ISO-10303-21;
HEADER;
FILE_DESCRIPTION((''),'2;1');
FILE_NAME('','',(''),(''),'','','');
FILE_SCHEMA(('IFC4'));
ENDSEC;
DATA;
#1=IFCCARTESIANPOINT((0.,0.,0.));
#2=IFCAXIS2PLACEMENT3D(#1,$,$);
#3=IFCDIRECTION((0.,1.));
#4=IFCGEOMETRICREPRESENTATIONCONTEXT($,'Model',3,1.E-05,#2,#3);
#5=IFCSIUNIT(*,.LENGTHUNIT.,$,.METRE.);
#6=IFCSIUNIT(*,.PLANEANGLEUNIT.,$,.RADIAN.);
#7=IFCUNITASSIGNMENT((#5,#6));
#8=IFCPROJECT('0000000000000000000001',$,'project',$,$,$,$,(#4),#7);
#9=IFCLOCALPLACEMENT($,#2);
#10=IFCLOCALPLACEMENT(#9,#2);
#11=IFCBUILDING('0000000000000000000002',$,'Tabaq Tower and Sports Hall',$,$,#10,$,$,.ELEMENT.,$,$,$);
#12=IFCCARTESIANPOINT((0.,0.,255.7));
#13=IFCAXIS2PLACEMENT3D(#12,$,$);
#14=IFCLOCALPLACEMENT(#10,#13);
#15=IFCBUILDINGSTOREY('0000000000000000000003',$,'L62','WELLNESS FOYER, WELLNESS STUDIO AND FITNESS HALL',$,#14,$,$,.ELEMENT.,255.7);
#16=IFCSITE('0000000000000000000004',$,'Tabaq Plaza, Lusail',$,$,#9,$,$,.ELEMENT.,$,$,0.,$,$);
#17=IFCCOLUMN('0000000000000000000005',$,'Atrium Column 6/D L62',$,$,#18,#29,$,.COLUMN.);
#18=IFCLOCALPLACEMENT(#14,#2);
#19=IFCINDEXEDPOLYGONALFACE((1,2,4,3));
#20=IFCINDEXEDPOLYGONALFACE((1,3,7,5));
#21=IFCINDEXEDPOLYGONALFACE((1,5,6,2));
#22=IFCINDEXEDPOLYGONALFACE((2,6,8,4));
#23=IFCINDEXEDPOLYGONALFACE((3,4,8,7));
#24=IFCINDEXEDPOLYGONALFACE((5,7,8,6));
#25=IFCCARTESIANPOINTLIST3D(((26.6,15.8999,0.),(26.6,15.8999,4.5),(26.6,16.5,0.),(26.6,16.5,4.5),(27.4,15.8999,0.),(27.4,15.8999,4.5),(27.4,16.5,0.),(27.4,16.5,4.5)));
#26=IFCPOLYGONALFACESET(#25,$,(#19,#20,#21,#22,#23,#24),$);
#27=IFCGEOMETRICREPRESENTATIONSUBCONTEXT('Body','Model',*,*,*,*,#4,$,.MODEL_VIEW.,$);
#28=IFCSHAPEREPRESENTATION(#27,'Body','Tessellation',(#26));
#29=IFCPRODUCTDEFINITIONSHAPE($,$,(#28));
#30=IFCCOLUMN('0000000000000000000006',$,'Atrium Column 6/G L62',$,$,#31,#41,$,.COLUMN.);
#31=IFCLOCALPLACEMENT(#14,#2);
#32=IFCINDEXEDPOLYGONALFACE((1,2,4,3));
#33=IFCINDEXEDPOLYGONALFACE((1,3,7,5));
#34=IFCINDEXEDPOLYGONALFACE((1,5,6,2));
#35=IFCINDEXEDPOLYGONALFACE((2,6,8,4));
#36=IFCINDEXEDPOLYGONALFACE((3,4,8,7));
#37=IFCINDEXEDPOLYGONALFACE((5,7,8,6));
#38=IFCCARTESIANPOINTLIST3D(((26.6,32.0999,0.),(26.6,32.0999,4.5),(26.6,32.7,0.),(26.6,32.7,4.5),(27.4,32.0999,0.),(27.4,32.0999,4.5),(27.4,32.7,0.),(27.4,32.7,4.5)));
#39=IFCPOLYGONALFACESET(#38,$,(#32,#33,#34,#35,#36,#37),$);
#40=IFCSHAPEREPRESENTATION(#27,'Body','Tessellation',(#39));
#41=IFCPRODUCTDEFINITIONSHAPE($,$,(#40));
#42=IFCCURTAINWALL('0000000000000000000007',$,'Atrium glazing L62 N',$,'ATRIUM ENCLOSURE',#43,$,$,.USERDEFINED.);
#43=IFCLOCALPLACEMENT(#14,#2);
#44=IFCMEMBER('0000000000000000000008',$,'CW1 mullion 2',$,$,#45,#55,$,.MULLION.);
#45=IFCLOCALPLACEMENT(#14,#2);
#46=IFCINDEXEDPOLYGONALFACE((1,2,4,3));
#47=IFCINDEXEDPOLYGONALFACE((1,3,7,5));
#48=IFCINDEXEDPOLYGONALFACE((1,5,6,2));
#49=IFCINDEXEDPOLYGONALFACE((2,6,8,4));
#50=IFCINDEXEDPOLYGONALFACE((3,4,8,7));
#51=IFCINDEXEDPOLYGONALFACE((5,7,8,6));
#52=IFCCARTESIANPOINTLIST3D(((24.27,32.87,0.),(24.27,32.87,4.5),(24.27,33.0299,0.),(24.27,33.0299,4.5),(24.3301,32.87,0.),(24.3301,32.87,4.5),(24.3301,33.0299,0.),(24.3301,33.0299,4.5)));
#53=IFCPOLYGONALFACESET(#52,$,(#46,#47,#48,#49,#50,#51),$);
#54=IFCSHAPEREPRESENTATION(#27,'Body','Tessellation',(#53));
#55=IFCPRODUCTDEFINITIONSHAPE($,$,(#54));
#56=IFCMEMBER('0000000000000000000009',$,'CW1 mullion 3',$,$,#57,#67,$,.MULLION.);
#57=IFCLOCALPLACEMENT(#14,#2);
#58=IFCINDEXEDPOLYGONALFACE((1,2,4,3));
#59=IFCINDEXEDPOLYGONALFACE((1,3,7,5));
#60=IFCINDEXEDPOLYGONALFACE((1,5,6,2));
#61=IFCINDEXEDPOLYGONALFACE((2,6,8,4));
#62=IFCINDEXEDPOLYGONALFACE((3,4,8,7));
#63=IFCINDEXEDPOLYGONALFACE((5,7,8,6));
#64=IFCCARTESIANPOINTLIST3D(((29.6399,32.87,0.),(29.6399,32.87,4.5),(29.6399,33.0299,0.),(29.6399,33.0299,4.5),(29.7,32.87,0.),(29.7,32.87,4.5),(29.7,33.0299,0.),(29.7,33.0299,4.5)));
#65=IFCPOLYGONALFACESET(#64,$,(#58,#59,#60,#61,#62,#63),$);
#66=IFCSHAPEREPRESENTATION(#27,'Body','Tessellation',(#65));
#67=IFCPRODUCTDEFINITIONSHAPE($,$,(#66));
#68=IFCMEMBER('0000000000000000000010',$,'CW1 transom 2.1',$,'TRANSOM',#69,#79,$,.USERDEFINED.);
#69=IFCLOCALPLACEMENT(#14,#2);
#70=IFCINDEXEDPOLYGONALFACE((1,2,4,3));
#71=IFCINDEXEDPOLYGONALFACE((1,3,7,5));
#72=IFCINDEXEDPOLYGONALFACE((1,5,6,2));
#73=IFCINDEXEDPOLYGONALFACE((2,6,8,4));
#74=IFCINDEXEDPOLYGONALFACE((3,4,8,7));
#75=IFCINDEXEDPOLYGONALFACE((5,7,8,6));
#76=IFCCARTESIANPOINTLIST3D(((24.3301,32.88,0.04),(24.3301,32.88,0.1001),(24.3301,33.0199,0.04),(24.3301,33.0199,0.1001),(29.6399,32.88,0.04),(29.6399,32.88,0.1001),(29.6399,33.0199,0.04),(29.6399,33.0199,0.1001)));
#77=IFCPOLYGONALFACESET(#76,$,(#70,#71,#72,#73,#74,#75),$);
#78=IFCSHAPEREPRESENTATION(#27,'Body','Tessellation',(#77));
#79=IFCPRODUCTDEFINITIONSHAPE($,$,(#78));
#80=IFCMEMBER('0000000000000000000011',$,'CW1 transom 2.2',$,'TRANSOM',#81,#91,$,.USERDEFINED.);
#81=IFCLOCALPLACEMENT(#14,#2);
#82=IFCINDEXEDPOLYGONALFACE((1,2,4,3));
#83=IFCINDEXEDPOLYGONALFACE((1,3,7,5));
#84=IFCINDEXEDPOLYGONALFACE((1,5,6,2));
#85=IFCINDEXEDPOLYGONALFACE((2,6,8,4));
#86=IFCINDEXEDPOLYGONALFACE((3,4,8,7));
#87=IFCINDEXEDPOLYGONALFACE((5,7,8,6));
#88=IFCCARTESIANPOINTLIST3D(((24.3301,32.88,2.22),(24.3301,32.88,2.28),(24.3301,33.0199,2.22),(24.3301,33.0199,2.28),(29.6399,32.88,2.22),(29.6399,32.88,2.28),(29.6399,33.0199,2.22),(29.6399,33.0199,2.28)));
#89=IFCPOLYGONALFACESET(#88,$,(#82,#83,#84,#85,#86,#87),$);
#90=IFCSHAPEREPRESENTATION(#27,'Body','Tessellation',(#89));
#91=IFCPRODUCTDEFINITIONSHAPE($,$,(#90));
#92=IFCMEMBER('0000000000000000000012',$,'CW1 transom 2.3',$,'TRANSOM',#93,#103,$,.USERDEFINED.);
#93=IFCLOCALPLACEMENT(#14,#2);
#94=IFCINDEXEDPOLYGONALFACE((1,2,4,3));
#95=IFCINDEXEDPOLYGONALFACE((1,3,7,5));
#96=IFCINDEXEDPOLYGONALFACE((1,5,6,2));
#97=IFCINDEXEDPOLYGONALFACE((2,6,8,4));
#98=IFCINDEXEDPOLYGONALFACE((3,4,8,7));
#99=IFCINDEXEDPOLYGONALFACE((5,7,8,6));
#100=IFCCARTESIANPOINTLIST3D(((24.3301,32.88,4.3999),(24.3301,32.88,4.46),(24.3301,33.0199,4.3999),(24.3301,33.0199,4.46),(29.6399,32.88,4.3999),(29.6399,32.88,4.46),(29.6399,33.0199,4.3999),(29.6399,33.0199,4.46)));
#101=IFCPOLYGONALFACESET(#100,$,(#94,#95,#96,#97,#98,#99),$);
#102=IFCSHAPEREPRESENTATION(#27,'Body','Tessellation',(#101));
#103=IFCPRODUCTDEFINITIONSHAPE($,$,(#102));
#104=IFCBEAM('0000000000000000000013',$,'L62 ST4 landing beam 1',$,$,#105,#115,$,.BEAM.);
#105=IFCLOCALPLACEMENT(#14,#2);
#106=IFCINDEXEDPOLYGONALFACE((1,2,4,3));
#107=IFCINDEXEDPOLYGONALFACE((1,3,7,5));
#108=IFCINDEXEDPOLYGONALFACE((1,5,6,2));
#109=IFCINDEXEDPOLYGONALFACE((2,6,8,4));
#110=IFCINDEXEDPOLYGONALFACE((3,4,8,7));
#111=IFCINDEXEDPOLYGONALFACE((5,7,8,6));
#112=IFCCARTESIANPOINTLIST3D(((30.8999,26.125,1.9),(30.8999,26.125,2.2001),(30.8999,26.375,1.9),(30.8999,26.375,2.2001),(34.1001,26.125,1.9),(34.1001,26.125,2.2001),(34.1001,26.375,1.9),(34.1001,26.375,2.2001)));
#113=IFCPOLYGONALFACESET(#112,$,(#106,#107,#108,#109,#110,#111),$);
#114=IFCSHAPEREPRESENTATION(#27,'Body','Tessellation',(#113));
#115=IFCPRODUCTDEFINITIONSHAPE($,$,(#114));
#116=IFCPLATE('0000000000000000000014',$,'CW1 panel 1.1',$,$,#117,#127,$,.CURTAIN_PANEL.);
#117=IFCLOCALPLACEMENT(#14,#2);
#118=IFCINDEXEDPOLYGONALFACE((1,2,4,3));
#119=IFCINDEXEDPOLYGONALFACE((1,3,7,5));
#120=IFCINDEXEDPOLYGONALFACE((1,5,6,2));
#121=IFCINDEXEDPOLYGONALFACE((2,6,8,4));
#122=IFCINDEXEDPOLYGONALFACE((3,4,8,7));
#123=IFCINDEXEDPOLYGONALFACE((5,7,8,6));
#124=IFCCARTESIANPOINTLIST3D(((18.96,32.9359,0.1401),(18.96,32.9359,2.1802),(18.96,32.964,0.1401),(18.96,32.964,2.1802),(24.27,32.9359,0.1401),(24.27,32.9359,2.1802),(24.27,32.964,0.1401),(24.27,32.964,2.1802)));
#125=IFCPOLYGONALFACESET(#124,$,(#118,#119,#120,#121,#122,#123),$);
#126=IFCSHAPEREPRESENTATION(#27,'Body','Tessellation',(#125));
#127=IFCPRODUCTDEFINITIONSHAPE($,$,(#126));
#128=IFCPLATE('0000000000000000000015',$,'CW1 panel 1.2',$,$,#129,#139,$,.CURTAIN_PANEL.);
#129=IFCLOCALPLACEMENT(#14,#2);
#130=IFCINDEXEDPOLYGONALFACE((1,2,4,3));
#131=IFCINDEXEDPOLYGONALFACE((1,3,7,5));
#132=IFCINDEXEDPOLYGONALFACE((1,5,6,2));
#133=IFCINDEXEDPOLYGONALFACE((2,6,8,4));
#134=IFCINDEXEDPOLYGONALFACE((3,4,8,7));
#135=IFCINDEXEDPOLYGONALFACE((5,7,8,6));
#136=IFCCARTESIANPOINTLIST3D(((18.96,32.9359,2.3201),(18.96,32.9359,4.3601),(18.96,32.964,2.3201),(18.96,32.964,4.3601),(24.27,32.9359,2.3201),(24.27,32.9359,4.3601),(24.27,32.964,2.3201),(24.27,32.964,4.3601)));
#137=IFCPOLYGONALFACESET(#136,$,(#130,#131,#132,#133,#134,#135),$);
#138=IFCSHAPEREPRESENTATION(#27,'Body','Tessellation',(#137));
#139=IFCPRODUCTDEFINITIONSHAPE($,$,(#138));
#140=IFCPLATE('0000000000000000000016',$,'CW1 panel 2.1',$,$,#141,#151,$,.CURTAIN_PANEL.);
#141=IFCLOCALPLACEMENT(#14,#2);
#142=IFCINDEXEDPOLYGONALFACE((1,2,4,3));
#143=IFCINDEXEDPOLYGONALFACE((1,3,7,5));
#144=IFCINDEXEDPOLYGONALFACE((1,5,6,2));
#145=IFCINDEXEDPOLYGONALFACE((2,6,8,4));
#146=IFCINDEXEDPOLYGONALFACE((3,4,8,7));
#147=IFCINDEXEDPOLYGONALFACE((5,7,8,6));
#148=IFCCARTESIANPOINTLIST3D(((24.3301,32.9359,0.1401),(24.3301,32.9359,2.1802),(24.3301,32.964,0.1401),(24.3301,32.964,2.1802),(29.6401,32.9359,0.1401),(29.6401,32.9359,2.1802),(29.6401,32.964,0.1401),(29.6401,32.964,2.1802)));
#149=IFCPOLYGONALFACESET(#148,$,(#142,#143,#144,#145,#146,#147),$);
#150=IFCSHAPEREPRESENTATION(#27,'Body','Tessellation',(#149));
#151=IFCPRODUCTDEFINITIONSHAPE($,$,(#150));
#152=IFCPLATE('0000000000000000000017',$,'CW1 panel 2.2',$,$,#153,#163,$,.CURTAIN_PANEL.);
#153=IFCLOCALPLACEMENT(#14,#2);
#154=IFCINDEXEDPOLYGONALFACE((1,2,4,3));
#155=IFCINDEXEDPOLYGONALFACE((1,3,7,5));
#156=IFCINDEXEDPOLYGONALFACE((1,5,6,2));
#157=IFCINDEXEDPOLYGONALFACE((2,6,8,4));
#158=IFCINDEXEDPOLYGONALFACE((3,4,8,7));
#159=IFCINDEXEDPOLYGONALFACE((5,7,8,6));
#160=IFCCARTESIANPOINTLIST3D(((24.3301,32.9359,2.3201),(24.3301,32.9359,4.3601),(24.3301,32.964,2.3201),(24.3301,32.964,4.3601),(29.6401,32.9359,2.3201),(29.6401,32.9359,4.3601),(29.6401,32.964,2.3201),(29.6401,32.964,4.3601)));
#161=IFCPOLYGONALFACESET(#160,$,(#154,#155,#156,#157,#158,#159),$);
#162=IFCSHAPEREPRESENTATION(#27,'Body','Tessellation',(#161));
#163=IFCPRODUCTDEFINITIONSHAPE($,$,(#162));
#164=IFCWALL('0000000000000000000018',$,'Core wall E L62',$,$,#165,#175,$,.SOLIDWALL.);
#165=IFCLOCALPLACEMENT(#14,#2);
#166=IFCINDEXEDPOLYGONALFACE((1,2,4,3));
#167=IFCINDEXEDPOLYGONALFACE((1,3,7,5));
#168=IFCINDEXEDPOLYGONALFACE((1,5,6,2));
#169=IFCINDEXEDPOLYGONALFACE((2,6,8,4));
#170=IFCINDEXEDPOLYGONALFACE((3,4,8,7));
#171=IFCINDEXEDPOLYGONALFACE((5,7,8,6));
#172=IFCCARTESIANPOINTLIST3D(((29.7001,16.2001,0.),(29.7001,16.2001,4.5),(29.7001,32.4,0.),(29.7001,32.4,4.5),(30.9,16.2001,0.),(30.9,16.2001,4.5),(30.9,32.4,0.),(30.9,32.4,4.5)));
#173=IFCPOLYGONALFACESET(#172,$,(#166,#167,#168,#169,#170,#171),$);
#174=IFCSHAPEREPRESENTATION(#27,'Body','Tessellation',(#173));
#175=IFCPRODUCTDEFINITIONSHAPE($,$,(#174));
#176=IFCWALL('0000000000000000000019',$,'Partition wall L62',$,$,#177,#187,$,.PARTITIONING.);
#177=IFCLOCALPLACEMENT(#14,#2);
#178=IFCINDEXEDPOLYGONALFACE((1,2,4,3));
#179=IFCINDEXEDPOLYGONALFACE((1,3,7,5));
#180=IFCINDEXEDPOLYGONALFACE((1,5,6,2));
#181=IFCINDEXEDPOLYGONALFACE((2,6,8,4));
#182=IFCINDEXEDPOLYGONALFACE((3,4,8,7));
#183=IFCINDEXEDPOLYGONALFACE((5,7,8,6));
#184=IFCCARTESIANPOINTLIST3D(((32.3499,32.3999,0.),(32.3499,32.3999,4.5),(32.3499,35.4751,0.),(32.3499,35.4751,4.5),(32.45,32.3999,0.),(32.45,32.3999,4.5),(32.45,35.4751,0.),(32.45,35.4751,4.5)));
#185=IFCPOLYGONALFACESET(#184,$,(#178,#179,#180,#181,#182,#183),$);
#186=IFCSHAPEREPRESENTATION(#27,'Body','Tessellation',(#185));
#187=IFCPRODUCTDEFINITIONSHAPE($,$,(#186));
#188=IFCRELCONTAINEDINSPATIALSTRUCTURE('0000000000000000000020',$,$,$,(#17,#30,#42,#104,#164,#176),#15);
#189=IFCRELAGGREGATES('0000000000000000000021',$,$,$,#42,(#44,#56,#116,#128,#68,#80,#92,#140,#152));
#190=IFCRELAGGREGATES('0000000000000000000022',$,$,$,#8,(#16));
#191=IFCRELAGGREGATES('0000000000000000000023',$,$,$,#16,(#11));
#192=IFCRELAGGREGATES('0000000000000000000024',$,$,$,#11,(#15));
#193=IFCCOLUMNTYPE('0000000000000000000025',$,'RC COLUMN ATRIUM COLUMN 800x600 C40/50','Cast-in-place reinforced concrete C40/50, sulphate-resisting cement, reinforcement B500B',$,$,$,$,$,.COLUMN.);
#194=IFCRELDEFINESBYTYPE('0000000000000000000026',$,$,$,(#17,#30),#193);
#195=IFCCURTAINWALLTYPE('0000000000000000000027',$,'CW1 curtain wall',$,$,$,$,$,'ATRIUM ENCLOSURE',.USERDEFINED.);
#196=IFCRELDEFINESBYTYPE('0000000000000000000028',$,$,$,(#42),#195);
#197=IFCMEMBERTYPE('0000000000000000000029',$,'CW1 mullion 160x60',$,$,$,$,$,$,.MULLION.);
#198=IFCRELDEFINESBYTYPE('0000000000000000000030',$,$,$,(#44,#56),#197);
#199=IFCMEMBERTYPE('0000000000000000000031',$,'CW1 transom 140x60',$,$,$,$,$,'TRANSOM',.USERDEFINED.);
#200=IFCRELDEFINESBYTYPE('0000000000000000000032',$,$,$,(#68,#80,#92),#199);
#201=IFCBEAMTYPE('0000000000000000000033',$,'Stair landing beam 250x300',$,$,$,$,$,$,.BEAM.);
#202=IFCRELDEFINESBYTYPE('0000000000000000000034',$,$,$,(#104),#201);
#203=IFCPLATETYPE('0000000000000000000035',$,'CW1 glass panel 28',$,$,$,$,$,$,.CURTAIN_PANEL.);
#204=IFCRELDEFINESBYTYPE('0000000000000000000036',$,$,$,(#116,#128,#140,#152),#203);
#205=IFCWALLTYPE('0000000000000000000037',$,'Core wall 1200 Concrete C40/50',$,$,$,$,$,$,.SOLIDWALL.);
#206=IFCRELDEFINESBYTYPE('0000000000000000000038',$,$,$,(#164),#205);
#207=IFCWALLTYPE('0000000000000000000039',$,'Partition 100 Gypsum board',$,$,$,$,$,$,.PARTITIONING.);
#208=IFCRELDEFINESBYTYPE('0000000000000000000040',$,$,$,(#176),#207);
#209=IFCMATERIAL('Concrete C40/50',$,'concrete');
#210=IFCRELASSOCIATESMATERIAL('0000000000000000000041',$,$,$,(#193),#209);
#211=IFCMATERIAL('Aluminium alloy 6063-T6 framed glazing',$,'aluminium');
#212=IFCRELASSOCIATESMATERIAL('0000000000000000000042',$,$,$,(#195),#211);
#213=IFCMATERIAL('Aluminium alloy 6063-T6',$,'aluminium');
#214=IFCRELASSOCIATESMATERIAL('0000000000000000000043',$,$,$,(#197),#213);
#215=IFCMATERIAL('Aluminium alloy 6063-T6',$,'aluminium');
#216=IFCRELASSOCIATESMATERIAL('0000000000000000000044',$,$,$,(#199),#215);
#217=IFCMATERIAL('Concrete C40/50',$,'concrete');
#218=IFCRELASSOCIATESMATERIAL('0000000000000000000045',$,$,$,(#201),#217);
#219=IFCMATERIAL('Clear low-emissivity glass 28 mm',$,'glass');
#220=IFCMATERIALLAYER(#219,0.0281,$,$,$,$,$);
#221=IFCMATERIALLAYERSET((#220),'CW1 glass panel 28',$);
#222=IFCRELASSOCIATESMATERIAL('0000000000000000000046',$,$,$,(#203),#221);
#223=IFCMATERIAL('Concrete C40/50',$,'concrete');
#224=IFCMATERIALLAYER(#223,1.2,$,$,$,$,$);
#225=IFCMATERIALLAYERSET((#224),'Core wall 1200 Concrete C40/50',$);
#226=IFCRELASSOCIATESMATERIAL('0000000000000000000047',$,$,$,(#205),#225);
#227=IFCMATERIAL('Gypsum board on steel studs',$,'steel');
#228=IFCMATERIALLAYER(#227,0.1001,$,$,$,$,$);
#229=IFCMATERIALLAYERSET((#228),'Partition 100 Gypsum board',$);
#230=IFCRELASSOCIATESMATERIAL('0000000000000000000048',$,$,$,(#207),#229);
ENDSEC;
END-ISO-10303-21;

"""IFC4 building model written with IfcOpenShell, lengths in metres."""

from ifc_helpers import new_model, si_unit, direction, frame, frame_2d, origin, origin_2d, place, context, subcontext, project, spatial, rectangle, extrude, material, layer, layer_set, material_profile, profile_set, type_object, element, aggregate, save


model = new_model("IFC4")

# Units and contexts
model_context = context("Model", 3, precision=1e-05, world=origin(), true_north=direction((0.0, 1.0)))
body_context = subcontext(model_context, "Body", "Model", "MODEL_VIEW")
ifc_project = project(units=[si_unit("LENGTHUNIT", "METRE"), si_unit("PLANEANGLEUNIT", "RADIAN")], contexts=[model_context])

# Site, building, storey
site_placement = place(None, origin())
site = spatial("IfcSite", under=ifc_project, at=site_placement, Name="Tabaq Plaza, Lusail", CompositionType="ELEMENT", RefElevation=0.0)
building_placement = place(site_placement, origin())
building = spatial("IfcBuilding", under=site, at=building_placement, Name="Tabaq Tower and Sports Hall", CompositionType="ELEMENT")
storey_placement = place(building_placement, frame((0.0, 0.0, 255.7)))
storey = spatial("IfcBuildingStorey", under=building, at=storey_placement, Name="L62", Description="WELLNESS FOYER, WELLNESS STUDIO AND FITNESS HALL", CompositionType="ELEMENT", Elevation=255.7)

# Columns
ifc_material_1 = material(Name="Concrete C40/50", Category="concrete")
ifc_material_profile_1 = material_profile(ifc_material_1, rectangle(XDim=0.8, YDim=0.6001, at=origin_2d()), Name="ATRIUM COLUMN 800x600")
ifc_profile_set_1 = profile_set([ifc_material_profile_1], Name="Concrete C40/50")
column_type = type_object("IfcColumnType", Name="RC COLUMN ATRIUM COLUMN 800x600 C40/50", Description="Cast-in-place reinforced concrete C40/50, sulphate-resisting cement, reinforcement B500B", PredefinedType="COLUMN", material=ifc_profile_set_1)
for number, where, z_axis, x_axis, name in (
    (1, (27.0, 16.2, 0.0), (0.0, 0.0, 1.0), (1.0, 0.0, 0.0), "Atrium Column 6/D L62"),
    (2, (27.0, 32.3999, 0.0), (0.0, 0.0, 1.0), (1.0, 0.0, 0.0), "Atrium Column 6/G L62"),
):
    element("IfcColumn", number, at=place(storey_placement, frame(where, z_axis=z_axis, x_axis=x_axis)), inside=storey, type_object=column_type, Name=name, PredefinedType="COLUMN", context=body_context, shape_type="SweptSolid", body=[
        extrude(rectangle(XDim=0.8, YDim=0.6001, at=origin_2d()), origin(), (0.0, 0.0, 1.0), 4.5),
    ])

# Curtain wall, members
ifc_material_2 = material(Name="Aluminium alloy 6063-T6 framed glazing", Category="aluminium")
curtain_wall_type = type_object("IfcCurtainWallType", Name="CW1 curtain wall", ElementType="ATRIUM ENCLOSURE", PredefinedType="USERDEFINED", material=ifc_material_2)
curtain_wall_placement = place(storey_placement, origin())
curtain_wall = element("IfcCurtainWall", 3, at=curtain_wall_placement, inside=storey, type_object=curtain_wall_type, Name="Atrium glazing L62 N", ObjectType="ATRIUM ENCLOSURE", PredefinedType="USERDEFINED")
ifc_material_3 = material(Name="Aluminium alloy 6063-T6", Category="aluminium")
ifc_material_profile_2 = material_profile(ifc_material_3, rectangle(XDim=0.1599, YDim=0.0601, at=origin_2d()), Name="MULLION 160x60")
ifc_profile_set_2 = profile_set([ifc_material_profile_2], Name="Aluminium alloy 6063-T6")
member_type_1 = type_object("IfcMemberType", Name="CW1 mullion 160x60", PredefinedType="MULLION", material=ifc_profile_set_2)
member_1_placement = place(storey_placement, frame((24.3, 32.95, 0.0), z_axis=(0.0, 0.0, 1.0), x_axis=(0.0, 1.0, 0.0)))
member_1 = element("IfcMember", 4, at=member_1_placement, type_object=member_type_1, Name="CW1 mullion 2", PredefinedType="MULLION", context=body_context, shape_type="SweptSolid", body=[
    extrude(rectangle(XDim=0.1599, YDim=0.0601, at=origin_2d()), origin(), (0.0, 0.0, 1.0), 4.5),
])
member_2_placement = place(storey_placement, frame((29.6699, 32.95, 0.0), z_axis=(0.0, 0.0, 1.0), x_axis=(0.0, 1.0, 0.0)))
member_2 = element("IfcMember", 5, at=member_2_placement, type_object=member_type_1, Name="CW1 mullion 3", PredefinedType="MULLION", context=body_context, shape_type="SweptSolid", body=[
    extrude(rectangle(XDim=0.1599, YDim=0.0601, at=origin_2d()), origin(), (0.0, 0.0, 1.0), 4.5),
])
ifc_material_4 = material(Name="Aluminium alloy 6063-T6", Category="aluminium")
ifc_material_profile_3 = material_profile(ifc_material_4, rectangle(XDim=0.1399, YDim=0.0601, at=origin_2d()), Name="TRANSOM 140x60")
ifc_profile_set_3 = profile_set([ifc_material_profile_3], Name="Aluminium alloy 6063-T6")
member_type_2 = type_object("IfcMemberType", Name="CW1 transom 140x60", ElementType="TRANSOM", PredefinedType="USERDEFINED", material=ifc_profile_set_3)
member_3_placement = place(storey_placement, frame((24.3301, 32.95, 0.0701), z_axis=(1.0, 0.0, 0.0), x_axis=(0.0, 1.0, 0.0)))
member_3 = element("IfcMember", 6, at=member_3_placement, type_object=member_type_2, Name="CW1 transom 2.1", ObjectType="TRANSOM", PredefinedType="USERDEFINED", context=body_context, shape_type="SweptSolid", body=[
    extrude(rectangle(XDim=0.1399, YDim=0.0601, at=origin_2d()), origin(), (0.0, 0.0, 1.0), 5.3098),
])
member_4_placement = place(storey_placement, frame((24.3301, 32.95, 2.25), z_axis=(1.0, 0.0, 0.0), x_axis=(0.0, 1.0, 0.0)))
member_4 = element("IfcMember", 7, at=member_4_placement, type_object=member_type_2, Name="CW1 transom 2.2", ObjectType="TRANSOM", PredefinedType="USERDEFINED", context=body_context, shape_type="SweptSolid", body=[
    extrude(rectangle(XDim=0.1399, YDim=0.0601, at=origin_2d()), origin(), (0.0, 0.0, 1.0), 5.3098),
])
member_5_placement = place(storey_placement, frame((24.3301, 32.95, 4.4299), z_axis=(1.0, 0.0, 0.0), x_axis=(0.0, 1.0, 0.0)))
member_5 = element("IfcMember", 8, at=member_5_placement, type_object=member_type_2, Name="CW1 transom 2.3", ObjectType="TRANSOM", PredefinedType="USERDEFINED", context=body_context, shape_type="SweptSolid", body=[
    extrude(rectangle(XDim=0.1399, YDim=0.0601, at=origin_2d()), origin(), (0.0, 0.0, 1.0), 5.3098),
])

# Beam
ifc_material_5 = material(Name="Concrete C40/50", Category="concrete")
ifc_material_profile_4 = material_profile(ifc_material_5, rectangle(XDim=0.25, YDim=0.3, at=origin_2d()), Name="RC 250x300")
ifc_profile_set_4 = profile_set([ifc_material_profile_4], Name="Concrete C40/50")
beam_type = type_object("IfcBeamType", Name="Stair landing beam 250x300", PredefinedType="BEAM", material=ifc_profile_set_4)
beam_placement = place(storey_placement, frame((30.8999, 26.25, 2.05), z_axis=(1.0, 0.0, 0.0), x_axis=(0.0, 1.0, 0.0)))
element("IfcBeam", 9, at=beam_placement, inside=storey, type_object=beam_type, Name="L62 ST4 landing beam 1", PredefinedType="BEAM", context=body_context, shape_type="SweptSolid", body=[
    extrude(rectangle(XDim=0.25, YDim=0.3, at=origin_2d()), origin(), (0.0, 0.0, 1.0), 3.2002),
])

# Plates
ifc_material_6 = material(Name="Clear low-emissivity glass 28 mm", Category="glass")
ifc_layer_1 = layer(ifc_material_6, 0.0281)
ifc_layer_set_1 = layer_set([ifc_layer_1], Name="CW1 glass panel 28")
plate_type = type_object("IfcPlateType", Name="CW1 glass panel 28", PredefinedType="CURTAIN_PANEL", material=ifc_layer_set_1)
plate_1_placement = place(storey_placement, frame((21.615, 32.95, 0.1401), z_axis=(0.0, 0.0, 1.0), x_axis=(1.0, 0.0, 0.0)))
plate_1 = element("IfcPlate", 10, at=plate_1_placement, type_object=plate_type, Name="CW1 panel 1.1", PredefinedType="CURTAIN_PANEL", context=body_context, shape_type="SweptSolid", body=[
    extrude(rectangle(XDim=5.3101, YDim=0.0281, at=origin_2d()), origin(), (0.0, 0.0, 1.0), 2.04),
])
plate_2_placement = place(storey_placement, frame((21.615, 32.95, 2.3201), z_axis=(0.0, 0.0, 1.0), x_axis=(1.0, 0.0, 0.0)))
plate_2 = element("IfcPlate", 11, at=plate_2_placement, type_object=plate_type, Name="CW1 panel 1.2", PredefinedType="CURTAIN_PANEL", context=body_context, shape_type="SweptSolid", body=[
    extrude(rectangle(XDim=5.3101, YDim=0.0281, at=origin_2d()), origin(), (0.0, 0.0, 1.0), 2.04),
])
plate_3_placement = place(storey_placement, frame((26.9851, 32.95, 0.1401), z_axis=(0.0, 0.0, 1.0), x_axis=(1.0, 0.0, 0.0)))
plate_3 = element("IfcPlate", 12, at=plate_3_placement, type_object=plate_type, Name="CW1 panel 2.1", PredefinedType="CURTAIN_PANEL", context=body_context, shape_type="SweptSolid", body=[
    extrude(rectangle(XDim=5.3101, YDim=0.0281, at=origin_2d()), origin(), (0.0, 0.0, 1.0), 2.04),
])
plate_4_placement = place(storey_placement, frame((26.9851, 32.95, 2.3201), z_axis=(0.0, 0.0, 1.0), x_axis=(1.0, 0.0, 0.0)))
plate_4 = element("IfcPlate", 13, at=plate_4_placement, type_object=plate_type, Name="CW1 panel 2.2", PredefinedType="CURTAIN_PANEL", context=body_context, shape_type="SweptSolid", body=[
    extrude(rectangle(XDim=5.3101, YDim=0.0281, at=origin_2d()), origin(), (0.0, 0.0, 1.0), 2.04),
])
aggregate(curtain_wall, [member_1, member_2, plate_1, plate_2, member_3, member_4, member_5, plate_3, plate_4])

# Wall
ifc_material_7 = material(Name="Concrete C40/50", Category="concrete")
ifc_layer_2 = layer(ifc_material_7, 1.2)
ifc_layer_set_2 = layer_set([ifc_layer_2], Name="Core wall 1200 Concrete C40/50")
wall_type_1 = type_object("IfcWallType", Name="Core wall 1200 Concrete C40/50", PredefinedType="SOLIDWALL", material=ifc_layer_set_2)
wall_1_placement = place(storey_placement, frame((30.3, 16.2, 0.0), z_axis=(0.0, 0.0, 1.0), x_axis=(0.0, 1.0, 0.0)))
element("IfcWall", 14, at=wall_1_placement, inside=storey, type_object=wall_type_1, Name="Core wall E L62", PredefinedType="SOLIDWALL", context=body_context, shape_type="SweptSolid", body=[
    extrude(rectangle(XDim=16.2, YDim=1.2, at=frame_2d((8.1001, 0.0))), origin(), (0.0, 0.0, 1.0), 4.5),
])

# Wall
ifc_material_8 = material(Name="Gypsum board on steel studs", Category="steel")
ifc_layer_3 = layer(ifc_material_8, 0.1001)
ifc_layer_set_3 = layer_set([ifc_layer_3], Name="Partition 100 Gypsum board")
wall_type_2 = type_object("IfcWallType", Name="Partition 100 Gypsum board", PredefinedType="PARTITIONING", material=ifc_layer_set_3)
wall_2_placement = place(storey_placement, frame((32.3999, 32.3999, 0.0), z_axis=(0.0, 0.0, 1.0), x_axis=(0.0, 1.0, 0.0)))
element("IfcWall", 15, at=wall_2_placement, inside=storey, type_object=wall_type_2, Name="Partition wall L62", PredefinedType="PARTITIONING", context=body_context, shape_type="SweptSolid", body=[
    extrude(rectangle(XDim=3.0752, YDim=0.1001, at=frame_2d((1.5376, 0.0))), origin(), (0.0, 0.0, 1.0), 4.5),
])

save(model, "model.ifc")
